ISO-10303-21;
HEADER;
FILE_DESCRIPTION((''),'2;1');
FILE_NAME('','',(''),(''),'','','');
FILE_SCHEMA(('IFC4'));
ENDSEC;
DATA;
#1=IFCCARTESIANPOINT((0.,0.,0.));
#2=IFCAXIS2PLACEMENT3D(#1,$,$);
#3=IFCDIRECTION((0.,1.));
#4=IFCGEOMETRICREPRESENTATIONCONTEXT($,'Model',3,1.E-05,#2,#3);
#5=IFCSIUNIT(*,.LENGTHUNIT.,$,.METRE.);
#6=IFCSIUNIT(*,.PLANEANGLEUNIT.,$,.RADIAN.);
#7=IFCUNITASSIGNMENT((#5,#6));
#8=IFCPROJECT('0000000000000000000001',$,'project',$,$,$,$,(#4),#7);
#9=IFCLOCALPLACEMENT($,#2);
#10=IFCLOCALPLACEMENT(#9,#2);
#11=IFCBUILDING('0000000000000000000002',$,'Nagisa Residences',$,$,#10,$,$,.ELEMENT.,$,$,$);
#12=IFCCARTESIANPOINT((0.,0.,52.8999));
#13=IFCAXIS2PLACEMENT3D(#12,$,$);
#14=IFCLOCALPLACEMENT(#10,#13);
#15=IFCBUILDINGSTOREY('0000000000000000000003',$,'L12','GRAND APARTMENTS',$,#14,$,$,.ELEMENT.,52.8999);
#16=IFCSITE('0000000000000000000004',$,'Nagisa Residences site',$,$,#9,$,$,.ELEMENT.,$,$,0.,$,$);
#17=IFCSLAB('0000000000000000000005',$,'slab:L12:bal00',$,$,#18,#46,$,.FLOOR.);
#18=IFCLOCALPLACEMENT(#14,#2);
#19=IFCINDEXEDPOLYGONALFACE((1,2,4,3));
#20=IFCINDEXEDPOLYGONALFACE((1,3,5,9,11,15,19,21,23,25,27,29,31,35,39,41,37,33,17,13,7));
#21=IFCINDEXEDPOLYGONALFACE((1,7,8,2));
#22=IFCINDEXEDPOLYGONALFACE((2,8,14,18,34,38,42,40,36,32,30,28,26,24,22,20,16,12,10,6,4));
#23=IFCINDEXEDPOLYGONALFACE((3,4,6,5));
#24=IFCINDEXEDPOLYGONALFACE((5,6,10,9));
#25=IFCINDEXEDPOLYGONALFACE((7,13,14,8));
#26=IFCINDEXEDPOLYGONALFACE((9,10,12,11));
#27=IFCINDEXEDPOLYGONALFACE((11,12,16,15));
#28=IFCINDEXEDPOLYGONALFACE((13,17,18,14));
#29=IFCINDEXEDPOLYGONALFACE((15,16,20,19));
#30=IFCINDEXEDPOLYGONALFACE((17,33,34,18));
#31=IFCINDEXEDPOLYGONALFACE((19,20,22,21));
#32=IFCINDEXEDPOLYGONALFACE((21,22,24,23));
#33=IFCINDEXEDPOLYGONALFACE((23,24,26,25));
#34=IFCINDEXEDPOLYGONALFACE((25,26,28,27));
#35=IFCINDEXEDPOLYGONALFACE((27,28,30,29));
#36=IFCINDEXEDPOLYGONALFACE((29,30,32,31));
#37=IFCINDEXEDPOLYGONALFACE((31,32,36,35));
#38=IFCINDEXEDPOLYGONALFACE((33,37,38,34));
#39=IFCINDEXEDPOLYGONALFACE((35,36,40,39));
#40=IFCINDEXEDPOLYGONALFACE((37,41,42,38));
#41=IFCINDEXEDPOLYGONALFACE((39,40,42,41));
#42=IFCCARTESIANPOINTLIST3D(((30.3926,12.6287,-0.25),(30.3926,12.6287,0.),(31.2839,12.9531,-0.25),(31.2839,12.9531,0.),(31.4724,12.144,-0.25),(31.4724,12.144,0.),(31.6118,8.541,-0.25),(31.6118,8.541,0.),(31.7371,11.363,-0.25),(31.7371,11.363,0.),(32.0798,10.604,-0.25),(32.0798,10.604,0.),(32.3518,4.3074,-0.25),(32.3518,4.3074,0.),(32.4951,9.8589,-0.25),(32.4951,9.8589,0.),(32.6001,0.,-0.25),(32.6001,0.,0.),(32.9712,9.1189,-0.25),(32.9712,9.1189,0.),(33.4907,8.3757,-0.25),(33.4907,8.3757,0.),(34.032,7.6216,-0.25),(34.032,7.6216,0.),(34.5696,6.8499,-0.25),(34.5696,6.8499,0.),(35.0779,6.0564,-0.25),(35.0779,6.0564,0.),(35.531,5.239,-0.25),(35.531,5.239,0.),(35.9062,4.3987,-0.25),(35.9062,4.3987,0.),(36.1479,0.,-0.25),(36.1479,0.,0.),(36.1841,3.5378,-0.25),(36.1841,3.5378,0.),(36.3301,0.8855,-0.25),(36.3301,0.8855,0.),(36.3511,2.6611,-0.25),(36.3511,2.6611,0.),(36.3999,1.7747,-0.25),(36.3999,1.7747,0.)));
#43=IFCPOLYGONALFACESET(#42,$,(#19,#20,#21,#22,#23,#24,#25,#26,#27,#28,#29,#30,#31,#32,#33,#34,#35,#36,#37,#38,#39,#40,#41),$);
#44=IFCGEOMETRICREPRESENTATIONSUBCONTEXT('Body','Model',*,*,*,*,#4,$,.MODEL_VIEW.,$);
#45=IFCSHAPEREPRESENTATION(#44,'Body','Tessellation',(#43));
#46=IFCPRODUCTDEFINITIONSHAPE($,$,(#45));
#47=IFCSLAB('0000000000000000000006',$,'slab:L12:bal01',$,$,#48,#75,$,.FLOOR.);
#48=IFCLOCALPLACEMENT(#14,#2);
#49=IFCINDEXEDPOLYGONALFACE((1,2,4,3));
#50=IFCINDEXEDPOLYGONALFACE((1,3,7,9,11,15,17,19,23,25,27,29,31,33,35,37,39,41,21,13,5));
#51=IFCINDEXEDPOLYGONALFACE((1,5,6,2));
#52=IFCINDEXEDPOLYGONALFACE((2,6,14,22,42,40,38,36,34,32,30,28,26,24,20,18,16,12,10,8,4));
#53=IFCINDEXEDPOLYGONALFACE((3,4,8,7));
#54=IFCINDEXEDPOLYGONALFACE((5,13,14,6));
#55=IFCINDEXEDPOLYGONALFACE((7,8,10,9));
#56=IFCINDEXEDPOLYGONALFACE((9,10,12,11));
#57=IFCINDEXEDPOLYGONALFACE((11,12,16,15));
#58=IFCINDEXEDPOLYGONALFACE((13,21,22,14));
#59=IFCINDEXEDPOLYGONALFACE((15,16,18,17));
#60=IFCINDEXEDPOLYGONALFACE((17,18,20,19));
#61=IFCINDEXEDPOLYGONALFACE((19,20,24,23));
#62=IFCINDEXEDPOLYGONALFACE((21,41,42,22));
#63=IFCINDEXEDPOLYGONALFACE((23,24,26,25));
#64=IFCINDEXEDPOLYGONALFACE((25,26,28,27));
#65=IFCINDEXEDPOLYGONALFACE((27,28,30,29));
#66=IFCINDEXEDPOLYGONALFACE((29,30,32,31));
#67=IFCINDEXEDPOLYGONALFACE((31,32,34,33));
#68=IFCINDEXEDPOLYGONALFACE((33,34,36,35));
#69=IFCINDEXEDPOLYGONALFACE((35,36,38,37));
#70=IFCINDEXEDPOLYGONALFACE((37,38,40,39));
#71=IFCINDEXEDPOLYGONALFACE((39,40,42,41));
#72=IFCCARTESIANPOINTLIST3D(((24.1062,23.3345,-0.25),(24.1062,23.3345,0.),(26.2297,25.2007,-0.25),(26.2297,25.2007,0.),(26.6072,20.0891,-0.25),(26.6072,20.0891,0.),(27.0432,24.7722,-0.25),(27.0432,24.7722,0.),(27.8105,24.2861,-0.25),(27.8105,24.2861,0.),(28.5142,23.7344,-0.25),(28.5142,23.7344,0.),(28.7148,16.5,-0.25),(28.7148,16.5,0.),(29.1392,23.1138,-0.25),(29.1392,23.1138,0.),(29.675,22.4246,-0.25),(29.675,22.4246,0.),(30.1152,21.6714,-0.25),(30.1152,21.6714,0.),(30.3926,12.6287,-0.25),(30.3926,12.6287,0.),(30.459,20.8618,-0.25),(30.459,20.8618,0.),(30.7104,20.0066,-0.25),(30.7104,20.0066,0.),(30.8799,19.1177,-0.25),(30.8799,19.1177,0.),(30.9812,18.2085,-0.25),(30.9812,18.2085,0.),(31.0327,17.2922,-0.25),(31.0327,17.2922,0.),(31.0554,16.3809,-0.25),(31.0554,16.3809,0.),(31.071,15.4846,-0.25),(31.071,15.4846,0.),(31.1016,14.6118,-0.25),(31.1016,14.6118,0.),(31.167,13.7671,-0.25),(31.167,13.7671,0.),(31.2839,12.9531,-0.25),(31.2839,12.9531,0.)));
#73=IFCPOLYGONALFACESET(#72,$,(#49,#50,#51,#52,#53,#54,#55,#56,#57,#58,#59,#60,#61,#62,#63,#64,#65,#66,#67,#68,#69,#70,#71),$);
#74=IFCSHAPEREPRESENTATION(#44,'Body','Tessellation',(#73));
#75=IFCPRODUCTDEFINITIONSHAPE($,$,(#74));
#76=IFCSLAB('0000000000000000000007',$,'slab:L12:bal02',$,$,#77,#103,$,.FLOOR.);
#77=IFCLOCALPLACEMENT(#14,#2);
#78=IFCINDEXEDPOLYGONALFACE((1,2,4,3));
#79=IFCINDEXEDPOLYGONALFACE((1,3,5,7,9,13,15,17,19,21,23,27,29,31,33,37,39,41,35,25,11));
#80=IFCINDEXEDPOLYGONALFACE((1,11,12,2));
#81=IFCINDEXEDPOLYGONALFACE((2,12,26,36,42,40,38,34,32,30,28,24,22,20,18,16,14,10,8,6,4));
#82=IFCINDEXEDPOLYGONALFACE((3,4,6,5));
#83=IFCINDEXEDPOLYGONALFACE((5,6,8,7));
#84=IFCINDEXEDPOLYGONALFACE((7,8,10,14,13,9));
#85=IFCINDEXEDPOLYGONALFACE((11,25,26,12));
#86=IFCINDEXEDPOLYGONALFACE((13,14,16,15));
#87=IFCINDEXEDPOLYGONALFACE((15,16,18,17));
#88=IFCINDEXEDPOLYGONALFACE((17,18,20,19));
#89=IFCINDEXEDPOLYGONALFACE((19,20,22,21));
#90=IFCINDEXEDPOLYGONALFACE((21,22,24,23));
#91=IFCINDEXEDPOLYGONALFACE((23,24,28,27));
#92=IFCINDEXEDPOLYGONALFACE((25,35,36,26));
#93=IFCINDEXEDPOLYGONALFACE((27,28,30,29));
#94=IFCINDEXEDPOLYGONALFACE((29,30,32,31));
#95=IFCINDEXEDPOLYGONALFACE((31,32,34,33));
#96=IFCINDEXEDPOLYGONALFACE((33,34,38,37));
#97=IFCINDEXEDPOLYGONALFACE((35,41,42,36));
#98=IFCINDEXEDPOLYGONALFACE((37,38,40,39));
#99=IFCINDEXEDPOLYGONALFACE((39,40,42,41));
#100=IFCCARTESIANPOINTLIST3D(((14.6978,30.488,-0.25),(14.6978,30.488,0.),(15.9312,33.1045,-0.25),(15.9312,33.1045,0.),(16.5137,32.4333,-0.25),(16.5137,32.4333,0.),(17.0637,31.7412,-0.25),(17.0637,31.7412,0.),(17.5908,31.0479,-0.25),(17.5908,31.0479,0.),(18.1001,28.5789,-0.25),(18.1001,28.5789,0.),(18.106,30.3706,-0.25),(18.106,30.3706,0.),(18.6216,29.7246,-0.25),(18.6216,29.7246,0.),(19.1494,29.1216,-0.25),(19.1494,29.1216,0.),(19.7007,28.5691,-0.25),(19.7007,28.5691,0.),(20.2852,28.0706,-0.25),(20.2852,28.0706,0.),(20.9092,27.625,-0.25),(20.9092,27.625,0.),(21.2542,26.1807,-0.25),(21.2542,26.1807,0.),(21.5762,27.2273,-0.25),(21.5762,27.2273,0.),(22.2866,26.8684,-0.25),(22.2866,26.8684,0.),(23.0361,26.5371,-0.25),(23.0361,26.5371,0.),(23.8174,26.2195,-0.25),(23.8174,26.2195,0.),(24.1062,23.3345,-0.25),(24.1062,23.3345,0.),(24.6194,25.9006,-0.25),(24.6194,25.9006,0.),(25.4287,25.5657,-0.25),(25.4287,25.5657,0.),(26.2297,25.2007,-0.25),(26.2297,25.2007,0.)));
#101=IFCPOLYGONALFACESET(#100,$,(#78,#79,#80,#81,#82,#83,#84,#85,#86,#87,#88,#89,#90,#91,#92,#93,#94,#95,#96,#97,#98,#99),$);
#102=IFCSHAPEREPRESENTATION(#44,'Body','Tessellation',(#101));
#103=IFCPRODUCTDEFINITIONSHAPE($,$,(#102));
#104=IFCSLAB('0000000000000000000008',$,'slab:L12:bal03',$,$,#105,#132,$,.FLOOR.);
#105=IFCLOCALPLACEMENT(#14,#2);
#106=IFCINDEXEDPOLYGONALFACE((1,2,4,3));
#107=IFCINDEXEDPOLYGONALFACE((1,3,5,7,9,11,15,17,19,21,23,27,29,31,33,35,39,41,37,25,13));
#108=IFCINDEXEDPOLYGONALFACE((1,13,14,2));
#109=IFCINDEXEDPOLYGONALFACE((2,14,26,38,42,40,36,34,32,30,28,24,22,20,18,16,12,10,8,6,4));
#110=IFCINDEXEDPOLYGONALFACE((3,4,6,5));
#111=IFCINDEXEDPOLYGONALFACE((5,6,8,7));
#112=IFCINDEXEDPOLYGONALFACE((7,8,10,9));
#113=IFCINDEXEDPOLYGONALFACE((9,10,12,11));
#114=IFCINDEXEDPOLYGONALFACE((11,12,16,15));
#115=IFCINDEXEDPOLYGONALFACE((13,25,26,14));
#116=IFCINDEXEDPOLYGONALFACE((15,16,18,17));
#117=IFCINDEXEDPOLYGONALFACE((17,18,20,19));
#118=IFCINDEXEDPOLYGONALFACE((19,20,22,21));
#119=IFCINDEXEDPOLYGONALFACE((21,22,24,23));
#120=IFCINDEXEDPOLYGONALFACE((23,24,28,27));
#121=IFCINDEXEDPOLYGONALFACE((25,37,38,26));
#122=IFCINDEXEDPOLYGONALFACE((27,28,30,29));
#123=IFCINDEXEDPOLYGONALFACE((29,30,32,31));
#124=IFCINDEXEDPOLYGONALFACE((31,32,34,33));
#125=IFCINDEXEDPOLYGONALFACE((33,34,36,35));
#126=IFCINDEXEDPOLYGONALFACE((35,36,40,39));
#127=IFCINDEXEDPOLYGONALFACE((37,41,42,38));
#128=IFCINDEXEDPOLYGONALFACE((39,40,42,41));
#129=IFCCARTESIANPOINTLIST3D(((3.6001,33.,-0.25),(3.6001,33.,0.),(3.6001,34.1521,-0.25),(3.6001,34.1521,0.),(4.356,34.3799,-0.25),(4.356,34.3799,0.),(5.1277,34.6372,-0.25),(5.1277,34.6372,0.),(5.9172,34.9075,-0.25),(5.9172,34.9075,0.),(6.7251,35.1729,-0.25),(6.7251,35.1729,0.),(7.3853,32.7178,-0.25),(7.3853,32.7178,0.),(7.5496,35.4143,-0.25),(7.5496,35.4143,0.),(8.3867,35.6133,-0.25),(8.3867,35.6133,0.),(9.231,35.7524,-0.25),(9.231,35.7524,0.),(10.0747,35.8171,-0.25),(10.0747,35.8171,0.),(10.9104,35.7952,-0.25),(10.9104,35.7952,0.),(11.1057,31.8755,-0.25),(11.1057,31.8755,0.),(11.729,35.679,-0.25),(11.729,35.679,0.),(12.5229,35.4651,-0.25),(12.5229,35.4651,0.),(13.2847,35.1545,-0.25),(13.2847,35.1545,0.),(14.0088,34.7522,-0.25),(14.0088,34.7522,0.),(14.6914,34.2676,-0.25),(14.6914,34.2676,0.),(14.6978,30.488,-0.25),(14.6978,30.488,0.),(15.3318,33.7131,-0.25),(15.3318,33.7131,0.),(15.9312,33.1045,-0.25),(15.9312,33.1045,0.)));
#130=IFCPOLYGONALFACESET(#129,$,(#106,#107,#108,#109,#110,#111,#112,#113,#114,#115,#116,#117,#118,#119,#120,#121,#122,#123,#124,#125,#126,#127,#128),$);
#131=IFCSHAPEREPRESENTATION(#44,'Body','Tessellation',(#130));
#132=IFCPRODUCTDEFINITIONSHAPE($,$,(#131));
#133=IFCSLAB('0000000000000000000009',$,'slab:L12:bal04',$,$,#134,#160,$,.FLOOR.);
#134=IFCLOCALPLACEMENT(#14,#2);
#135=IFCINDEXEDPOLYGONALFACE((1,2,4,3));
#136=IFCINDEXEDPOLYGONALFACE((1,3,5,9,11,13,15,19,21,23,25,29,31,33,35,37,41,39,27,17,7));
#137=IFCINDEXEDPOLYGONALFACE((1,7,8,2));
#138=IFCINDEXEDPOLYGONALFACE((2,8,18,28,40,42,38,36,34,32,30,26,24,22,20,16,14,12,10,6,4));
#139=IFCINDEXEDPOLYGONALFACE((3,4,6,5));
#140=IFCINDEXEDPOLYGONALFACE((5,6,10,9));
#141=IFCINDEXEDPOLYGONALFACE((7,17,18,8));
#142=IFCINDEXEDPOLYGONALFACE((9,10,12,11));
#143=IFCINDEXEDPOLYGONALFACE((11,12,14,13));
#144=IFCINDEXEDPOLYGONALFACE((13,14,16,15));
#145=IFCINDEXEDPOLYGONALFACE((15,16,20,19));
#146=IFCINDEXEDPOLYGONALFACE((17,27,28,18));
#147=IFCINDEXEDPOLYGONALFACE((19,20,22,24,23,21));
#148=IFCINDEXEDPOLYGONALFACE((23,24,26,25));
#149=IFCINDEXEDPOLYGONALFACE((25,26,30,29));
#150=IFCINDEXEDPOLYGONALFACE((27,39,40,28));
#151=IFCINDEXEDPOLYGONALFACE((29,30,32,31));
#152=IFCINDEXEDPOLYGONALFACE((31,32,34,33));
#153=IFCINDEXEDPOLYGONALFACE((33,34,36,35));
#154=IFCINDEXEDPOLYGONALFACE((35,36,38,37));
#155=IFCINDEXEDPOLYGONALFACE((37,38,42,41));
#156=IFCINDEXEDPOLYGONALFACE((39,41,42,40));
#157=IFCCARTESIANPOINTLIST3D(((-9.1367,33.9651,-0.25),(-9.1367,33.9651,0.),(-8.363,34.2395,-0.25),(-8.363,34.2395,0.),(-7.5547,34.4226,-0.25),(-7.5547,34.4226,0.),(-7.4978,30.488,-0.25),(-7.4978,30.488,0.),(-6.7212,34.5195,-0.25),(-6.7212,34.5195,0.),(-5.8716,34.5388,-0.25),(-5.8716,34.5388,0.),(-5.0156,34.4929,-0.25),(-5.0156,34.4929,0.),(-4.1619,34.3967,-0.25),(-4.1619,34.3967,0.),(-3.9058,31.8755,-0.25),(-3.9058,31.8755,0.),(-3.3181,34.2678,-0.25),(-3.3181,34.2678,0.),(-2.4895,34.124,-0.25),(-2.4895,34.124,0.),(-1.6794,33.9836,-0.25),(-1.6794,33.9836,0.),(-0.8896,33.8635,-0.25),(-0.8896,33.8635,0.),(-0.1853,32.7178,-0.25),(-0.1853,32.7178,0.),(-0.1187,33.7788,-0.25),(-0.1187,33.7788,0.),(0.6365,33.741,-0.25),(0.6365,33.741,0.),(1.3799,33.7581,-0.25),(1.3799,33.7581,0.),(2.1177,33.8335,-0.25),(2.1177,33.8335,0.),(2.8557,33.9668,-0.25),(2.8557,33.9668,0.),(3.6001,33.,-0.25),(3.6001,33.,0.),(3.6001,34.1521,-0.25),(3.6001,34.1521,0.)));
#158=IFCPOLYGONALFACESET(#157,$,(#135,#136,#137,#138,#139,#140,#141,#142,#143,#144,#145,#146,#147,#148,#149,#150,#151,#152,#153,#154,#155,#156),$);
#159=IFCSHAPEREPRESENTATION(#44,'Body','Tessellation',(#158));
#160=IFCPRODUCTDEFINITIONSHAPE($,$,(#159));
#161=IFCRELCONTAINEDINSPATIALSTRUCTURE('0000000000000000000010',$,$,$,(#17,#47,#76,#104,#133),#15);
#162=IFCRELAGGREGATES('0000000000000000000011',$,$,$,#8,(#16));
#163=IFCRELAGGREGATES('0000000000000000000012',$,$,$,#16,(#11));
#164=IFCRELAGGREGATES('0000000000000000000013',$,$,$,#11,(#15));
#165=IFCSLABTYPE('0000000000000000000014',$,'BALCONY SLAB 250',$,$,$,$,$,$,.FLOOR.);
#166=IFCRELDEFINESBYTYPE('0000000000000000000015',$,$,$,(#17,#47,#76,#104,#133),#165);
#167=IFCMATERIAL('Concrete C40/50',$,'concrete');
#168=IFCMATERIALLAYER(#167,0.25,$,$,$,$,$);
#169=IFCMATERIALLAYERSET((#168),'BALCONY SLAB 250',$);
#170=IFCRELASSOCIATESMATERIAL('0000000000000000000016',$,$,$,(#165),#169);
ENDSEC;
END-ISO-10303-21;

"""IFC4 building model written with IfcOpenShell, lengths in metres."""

from ifc_helpers import new_model, si_unit, direction, frame, origin, place, context, subcontext, project, spatial, polyline, outline, extrude, material, layer, layer_set, type_object, element, save


model = new_model("IFC4")

# Units and contexts
model_context = context("Model", 3, precision=1e-05, world=origin(), true_north=direction((0.0, 1.0)))
body_context = subcontext(model_context, "Body", "Model", "MODEL_VIEW")
ifc_project = project(units=[si_unit("LENGTHUNIT", "METRE"), si_unit("PLANEANGLEUNIT", "RADIAN")], contexts=[model_context])

# Site, building, storey
site_placement = place(None, origin())
site = spatial("IfcSite", under=ifc_project, at=site_placement, Name="Nagisa Residences site", CompositionType="ELEMENT", RefElevation=0.0)
building_placement = place(site_placement, origin())
building = spatial("IfcBuilding", under=site, at=building_placement, Name="Nagisa Residences", CompositionType="ELEMENT")
storey_placement = place(building_placement, frame((0.0, 0.0, 52.8999)))
storey = spatial("IfcBuildingStorey", under=building, at=storey_placement, Name="L12", Description="GRAND APARTMENTS", CompositionType="ELEMENT", Elevation=52.8999)

# Slabs
ifc_material_1 = material(Name="Concrete C40/50", Category="concrete")
ifc_layer_1 = layer(ifc_material_1, 0.25)
ifc_layer_set_1 = layer_set([ifc_layer_1], Name="BALCONY SLAB 250")
slab_type_1 = type_object("IfcSlabType", Name="BALCONY SLAB 250", PredefinedType="FLOOR", material=ifc_layer_set_1)
slab_1_placement = place(storey_placement, frame((0.0, 0.0, -0.25)))
element("IfcSlab", 1, at=slab_1_placement, inside=storey, type_object=slab_type_1, Name="slab:L12:bal00", PredefinedType="FLOOR", context=body_context, shape_type="SweptSolid", body=[
    extrude(outline(polyline([(36.1479, 0.0), (36.3301, 0.8855), (36.3999, 1.7747), (36.3511, 2.6611), (36.1841, 3.5378), (35.9062, 4.3987), (35.531, 5.239), (35.0779, 6.0564), (34.5696, 6.8499), (34.032, 7.6216), (33.4907, 8.3757), (32.9712, 9.1189), (32.4951, 9.8589), (32.0798, 10.604), (31.7371, 11.363), (31.4724, 12.144), (31.2839, 12.9531), (30.3926, 12.6287), (31.6118, 8.541), (32.3518, 4.3074), (32.6001, 0.0), (36.1479, 0.0)])), origin(), (0.0, 0.0, 1.0), 0.25),
])
slab_2_placement = place(storey_placement, frame((0.0, 0.0, -0.25)))
element("IfcSlab", 2, at=slab_2_placement, inside=storey, type_object=slab_type_1, Name="slab:L12:bal01", PredefinedType="FLOOR", context=body_context, shape_type="SweptSolid", body=[
    extrude(outline(polyline([(31.2839, 12.9531), (31.167, 13.7671), (31.1016, 14.6118), (31.071, 15.4846), (31.0554, 16.3809), (31.0327, 17.2922), (30.9812, 18.2085), (30.8799, 19.1177), (30.7104, 20.0066), (30.459, 20.8618), (30.1152, 21.6714), (29.675, 22.4246), (29.1392, 23.1138), (28.5142, 23.7344), (27.8105, 24.2861), (27.0432, 24.7722), (26.2297, 25.2007), (24.1062, 23.3345), (26.6072, 20.0891), (28.7148, 16.5), (30.3926, 12.6287), (31.2839, 12.9531)])), origin(), (0.0, 0.0, 1.0), 0.25),
])
slab_3_placement = place(storey_placement, frame((0.0, 0.0, -0.25)))
element("IfcSlab", 3, at=slab_3_placement, inside=storey, type_object=slab_type_1, Name="slab:L12:bal02", PredefinedType="FLOOR", context=body_context, shape_type="SweptSolid", body=[
    extrude(outline(polyline([(26.2297, 25.2007), (25.4287, 25.5657), (24.6194, 25.9006), (23.8174, 26.2195), (23.0361, 26.5371), (22.2866, 26.8684), (21.5762, 27.2273), (20.9092, 27.625), (20.2852, 28.0706), (19.7007, 28.5691), (19.1494, 29.1216), (18.6216, 29.7246), (18.106, 30.3706), (17.5908, 31.0479), (17.0637, 31.7412), (16.5137, 32.4333), (15.9312, 33.1045), (14.6978, 30.488), (18.1001, 28.5789), (21.2542, 26.1807), (24.1062, 23.3345), (26.2297, 25.2007)])), origin(), (0.0, 0.0, 1.0), 0.25),
])
slab_4_placement = place(storey_placement, frame((0.0, 0.0, -0.25)))
element("IfcSlab", 4, at=slab_4_placement, inside=storey, type_object=slab_type_1, Name="slab:L12:bal03", PredefinedType="FLOOR", context=body_context, shape_type="SweptSolid", body=[
    extrude(outline(polyline([(15.9312, 33.1045), (15.3318, 33.7131), (14.6914, 34.2676), (14.0088, 34.7522), (13.2847, 35.1545), (12.5229, 35.4651), (11.729, 35.679), (10.9104, 35.7952), (10.0747, 35.8171), (9.231, 35.7524), (8.3867, 35.6133), (7.5496, 35.4143), (6.7251, 35.1729), (5.9172, 34.9075), (5.1277, 34.6372), (4.356, 34.3799), (3.6001, 34.1521), (3.6001, 33.0), (7.3853, 32.7178), (11.1057, 31.8755), (14.6978, 30.488), (15.9312, 33.1045)])), origin(), (0.0, 0.0, 1.0), 0.25),
])
slab_5_placement = place(storey_placement, frame((0.0, 0.0, -0.25)))
element("IfcSlab", 5, at=slab_5_placement, inside=storey, type_object=slab_type_1, Name="slab:L12:bal04", PredefinedType="FLOOR", context=body_context, shape_type="SweptSolid", body=[
    extrude(outline(polyline([(3.6001, 34.1521), (2.8557, 33.9668), (2.1177, 33.8335), (1.3799, 33.7581), (0.6365, 33.741), (-0.1187, 33.7788), (-0.8896, 33.8635), (-1.6794, 33.9836), (-2.4895, 34.124), (-3.3181, 34.2678), (-4.1619, 34.3967), (-5.0156, 34.4929), (-5.8716, 34.5388), (-6.7212, 34.5195), (-7.5547, 34.4226), (-8.363, 34.2395), (-9.1367, 33.9651), (-7.4978, 30.488), (-3.9058, 31.8755), (-0.1853, 32.7178), (3.6001, 33.0), (3.6001, 34.1521)])), origin(), (0.0, 0.0, 1.0), 0.25),
])

save(model, "model.ifc")
